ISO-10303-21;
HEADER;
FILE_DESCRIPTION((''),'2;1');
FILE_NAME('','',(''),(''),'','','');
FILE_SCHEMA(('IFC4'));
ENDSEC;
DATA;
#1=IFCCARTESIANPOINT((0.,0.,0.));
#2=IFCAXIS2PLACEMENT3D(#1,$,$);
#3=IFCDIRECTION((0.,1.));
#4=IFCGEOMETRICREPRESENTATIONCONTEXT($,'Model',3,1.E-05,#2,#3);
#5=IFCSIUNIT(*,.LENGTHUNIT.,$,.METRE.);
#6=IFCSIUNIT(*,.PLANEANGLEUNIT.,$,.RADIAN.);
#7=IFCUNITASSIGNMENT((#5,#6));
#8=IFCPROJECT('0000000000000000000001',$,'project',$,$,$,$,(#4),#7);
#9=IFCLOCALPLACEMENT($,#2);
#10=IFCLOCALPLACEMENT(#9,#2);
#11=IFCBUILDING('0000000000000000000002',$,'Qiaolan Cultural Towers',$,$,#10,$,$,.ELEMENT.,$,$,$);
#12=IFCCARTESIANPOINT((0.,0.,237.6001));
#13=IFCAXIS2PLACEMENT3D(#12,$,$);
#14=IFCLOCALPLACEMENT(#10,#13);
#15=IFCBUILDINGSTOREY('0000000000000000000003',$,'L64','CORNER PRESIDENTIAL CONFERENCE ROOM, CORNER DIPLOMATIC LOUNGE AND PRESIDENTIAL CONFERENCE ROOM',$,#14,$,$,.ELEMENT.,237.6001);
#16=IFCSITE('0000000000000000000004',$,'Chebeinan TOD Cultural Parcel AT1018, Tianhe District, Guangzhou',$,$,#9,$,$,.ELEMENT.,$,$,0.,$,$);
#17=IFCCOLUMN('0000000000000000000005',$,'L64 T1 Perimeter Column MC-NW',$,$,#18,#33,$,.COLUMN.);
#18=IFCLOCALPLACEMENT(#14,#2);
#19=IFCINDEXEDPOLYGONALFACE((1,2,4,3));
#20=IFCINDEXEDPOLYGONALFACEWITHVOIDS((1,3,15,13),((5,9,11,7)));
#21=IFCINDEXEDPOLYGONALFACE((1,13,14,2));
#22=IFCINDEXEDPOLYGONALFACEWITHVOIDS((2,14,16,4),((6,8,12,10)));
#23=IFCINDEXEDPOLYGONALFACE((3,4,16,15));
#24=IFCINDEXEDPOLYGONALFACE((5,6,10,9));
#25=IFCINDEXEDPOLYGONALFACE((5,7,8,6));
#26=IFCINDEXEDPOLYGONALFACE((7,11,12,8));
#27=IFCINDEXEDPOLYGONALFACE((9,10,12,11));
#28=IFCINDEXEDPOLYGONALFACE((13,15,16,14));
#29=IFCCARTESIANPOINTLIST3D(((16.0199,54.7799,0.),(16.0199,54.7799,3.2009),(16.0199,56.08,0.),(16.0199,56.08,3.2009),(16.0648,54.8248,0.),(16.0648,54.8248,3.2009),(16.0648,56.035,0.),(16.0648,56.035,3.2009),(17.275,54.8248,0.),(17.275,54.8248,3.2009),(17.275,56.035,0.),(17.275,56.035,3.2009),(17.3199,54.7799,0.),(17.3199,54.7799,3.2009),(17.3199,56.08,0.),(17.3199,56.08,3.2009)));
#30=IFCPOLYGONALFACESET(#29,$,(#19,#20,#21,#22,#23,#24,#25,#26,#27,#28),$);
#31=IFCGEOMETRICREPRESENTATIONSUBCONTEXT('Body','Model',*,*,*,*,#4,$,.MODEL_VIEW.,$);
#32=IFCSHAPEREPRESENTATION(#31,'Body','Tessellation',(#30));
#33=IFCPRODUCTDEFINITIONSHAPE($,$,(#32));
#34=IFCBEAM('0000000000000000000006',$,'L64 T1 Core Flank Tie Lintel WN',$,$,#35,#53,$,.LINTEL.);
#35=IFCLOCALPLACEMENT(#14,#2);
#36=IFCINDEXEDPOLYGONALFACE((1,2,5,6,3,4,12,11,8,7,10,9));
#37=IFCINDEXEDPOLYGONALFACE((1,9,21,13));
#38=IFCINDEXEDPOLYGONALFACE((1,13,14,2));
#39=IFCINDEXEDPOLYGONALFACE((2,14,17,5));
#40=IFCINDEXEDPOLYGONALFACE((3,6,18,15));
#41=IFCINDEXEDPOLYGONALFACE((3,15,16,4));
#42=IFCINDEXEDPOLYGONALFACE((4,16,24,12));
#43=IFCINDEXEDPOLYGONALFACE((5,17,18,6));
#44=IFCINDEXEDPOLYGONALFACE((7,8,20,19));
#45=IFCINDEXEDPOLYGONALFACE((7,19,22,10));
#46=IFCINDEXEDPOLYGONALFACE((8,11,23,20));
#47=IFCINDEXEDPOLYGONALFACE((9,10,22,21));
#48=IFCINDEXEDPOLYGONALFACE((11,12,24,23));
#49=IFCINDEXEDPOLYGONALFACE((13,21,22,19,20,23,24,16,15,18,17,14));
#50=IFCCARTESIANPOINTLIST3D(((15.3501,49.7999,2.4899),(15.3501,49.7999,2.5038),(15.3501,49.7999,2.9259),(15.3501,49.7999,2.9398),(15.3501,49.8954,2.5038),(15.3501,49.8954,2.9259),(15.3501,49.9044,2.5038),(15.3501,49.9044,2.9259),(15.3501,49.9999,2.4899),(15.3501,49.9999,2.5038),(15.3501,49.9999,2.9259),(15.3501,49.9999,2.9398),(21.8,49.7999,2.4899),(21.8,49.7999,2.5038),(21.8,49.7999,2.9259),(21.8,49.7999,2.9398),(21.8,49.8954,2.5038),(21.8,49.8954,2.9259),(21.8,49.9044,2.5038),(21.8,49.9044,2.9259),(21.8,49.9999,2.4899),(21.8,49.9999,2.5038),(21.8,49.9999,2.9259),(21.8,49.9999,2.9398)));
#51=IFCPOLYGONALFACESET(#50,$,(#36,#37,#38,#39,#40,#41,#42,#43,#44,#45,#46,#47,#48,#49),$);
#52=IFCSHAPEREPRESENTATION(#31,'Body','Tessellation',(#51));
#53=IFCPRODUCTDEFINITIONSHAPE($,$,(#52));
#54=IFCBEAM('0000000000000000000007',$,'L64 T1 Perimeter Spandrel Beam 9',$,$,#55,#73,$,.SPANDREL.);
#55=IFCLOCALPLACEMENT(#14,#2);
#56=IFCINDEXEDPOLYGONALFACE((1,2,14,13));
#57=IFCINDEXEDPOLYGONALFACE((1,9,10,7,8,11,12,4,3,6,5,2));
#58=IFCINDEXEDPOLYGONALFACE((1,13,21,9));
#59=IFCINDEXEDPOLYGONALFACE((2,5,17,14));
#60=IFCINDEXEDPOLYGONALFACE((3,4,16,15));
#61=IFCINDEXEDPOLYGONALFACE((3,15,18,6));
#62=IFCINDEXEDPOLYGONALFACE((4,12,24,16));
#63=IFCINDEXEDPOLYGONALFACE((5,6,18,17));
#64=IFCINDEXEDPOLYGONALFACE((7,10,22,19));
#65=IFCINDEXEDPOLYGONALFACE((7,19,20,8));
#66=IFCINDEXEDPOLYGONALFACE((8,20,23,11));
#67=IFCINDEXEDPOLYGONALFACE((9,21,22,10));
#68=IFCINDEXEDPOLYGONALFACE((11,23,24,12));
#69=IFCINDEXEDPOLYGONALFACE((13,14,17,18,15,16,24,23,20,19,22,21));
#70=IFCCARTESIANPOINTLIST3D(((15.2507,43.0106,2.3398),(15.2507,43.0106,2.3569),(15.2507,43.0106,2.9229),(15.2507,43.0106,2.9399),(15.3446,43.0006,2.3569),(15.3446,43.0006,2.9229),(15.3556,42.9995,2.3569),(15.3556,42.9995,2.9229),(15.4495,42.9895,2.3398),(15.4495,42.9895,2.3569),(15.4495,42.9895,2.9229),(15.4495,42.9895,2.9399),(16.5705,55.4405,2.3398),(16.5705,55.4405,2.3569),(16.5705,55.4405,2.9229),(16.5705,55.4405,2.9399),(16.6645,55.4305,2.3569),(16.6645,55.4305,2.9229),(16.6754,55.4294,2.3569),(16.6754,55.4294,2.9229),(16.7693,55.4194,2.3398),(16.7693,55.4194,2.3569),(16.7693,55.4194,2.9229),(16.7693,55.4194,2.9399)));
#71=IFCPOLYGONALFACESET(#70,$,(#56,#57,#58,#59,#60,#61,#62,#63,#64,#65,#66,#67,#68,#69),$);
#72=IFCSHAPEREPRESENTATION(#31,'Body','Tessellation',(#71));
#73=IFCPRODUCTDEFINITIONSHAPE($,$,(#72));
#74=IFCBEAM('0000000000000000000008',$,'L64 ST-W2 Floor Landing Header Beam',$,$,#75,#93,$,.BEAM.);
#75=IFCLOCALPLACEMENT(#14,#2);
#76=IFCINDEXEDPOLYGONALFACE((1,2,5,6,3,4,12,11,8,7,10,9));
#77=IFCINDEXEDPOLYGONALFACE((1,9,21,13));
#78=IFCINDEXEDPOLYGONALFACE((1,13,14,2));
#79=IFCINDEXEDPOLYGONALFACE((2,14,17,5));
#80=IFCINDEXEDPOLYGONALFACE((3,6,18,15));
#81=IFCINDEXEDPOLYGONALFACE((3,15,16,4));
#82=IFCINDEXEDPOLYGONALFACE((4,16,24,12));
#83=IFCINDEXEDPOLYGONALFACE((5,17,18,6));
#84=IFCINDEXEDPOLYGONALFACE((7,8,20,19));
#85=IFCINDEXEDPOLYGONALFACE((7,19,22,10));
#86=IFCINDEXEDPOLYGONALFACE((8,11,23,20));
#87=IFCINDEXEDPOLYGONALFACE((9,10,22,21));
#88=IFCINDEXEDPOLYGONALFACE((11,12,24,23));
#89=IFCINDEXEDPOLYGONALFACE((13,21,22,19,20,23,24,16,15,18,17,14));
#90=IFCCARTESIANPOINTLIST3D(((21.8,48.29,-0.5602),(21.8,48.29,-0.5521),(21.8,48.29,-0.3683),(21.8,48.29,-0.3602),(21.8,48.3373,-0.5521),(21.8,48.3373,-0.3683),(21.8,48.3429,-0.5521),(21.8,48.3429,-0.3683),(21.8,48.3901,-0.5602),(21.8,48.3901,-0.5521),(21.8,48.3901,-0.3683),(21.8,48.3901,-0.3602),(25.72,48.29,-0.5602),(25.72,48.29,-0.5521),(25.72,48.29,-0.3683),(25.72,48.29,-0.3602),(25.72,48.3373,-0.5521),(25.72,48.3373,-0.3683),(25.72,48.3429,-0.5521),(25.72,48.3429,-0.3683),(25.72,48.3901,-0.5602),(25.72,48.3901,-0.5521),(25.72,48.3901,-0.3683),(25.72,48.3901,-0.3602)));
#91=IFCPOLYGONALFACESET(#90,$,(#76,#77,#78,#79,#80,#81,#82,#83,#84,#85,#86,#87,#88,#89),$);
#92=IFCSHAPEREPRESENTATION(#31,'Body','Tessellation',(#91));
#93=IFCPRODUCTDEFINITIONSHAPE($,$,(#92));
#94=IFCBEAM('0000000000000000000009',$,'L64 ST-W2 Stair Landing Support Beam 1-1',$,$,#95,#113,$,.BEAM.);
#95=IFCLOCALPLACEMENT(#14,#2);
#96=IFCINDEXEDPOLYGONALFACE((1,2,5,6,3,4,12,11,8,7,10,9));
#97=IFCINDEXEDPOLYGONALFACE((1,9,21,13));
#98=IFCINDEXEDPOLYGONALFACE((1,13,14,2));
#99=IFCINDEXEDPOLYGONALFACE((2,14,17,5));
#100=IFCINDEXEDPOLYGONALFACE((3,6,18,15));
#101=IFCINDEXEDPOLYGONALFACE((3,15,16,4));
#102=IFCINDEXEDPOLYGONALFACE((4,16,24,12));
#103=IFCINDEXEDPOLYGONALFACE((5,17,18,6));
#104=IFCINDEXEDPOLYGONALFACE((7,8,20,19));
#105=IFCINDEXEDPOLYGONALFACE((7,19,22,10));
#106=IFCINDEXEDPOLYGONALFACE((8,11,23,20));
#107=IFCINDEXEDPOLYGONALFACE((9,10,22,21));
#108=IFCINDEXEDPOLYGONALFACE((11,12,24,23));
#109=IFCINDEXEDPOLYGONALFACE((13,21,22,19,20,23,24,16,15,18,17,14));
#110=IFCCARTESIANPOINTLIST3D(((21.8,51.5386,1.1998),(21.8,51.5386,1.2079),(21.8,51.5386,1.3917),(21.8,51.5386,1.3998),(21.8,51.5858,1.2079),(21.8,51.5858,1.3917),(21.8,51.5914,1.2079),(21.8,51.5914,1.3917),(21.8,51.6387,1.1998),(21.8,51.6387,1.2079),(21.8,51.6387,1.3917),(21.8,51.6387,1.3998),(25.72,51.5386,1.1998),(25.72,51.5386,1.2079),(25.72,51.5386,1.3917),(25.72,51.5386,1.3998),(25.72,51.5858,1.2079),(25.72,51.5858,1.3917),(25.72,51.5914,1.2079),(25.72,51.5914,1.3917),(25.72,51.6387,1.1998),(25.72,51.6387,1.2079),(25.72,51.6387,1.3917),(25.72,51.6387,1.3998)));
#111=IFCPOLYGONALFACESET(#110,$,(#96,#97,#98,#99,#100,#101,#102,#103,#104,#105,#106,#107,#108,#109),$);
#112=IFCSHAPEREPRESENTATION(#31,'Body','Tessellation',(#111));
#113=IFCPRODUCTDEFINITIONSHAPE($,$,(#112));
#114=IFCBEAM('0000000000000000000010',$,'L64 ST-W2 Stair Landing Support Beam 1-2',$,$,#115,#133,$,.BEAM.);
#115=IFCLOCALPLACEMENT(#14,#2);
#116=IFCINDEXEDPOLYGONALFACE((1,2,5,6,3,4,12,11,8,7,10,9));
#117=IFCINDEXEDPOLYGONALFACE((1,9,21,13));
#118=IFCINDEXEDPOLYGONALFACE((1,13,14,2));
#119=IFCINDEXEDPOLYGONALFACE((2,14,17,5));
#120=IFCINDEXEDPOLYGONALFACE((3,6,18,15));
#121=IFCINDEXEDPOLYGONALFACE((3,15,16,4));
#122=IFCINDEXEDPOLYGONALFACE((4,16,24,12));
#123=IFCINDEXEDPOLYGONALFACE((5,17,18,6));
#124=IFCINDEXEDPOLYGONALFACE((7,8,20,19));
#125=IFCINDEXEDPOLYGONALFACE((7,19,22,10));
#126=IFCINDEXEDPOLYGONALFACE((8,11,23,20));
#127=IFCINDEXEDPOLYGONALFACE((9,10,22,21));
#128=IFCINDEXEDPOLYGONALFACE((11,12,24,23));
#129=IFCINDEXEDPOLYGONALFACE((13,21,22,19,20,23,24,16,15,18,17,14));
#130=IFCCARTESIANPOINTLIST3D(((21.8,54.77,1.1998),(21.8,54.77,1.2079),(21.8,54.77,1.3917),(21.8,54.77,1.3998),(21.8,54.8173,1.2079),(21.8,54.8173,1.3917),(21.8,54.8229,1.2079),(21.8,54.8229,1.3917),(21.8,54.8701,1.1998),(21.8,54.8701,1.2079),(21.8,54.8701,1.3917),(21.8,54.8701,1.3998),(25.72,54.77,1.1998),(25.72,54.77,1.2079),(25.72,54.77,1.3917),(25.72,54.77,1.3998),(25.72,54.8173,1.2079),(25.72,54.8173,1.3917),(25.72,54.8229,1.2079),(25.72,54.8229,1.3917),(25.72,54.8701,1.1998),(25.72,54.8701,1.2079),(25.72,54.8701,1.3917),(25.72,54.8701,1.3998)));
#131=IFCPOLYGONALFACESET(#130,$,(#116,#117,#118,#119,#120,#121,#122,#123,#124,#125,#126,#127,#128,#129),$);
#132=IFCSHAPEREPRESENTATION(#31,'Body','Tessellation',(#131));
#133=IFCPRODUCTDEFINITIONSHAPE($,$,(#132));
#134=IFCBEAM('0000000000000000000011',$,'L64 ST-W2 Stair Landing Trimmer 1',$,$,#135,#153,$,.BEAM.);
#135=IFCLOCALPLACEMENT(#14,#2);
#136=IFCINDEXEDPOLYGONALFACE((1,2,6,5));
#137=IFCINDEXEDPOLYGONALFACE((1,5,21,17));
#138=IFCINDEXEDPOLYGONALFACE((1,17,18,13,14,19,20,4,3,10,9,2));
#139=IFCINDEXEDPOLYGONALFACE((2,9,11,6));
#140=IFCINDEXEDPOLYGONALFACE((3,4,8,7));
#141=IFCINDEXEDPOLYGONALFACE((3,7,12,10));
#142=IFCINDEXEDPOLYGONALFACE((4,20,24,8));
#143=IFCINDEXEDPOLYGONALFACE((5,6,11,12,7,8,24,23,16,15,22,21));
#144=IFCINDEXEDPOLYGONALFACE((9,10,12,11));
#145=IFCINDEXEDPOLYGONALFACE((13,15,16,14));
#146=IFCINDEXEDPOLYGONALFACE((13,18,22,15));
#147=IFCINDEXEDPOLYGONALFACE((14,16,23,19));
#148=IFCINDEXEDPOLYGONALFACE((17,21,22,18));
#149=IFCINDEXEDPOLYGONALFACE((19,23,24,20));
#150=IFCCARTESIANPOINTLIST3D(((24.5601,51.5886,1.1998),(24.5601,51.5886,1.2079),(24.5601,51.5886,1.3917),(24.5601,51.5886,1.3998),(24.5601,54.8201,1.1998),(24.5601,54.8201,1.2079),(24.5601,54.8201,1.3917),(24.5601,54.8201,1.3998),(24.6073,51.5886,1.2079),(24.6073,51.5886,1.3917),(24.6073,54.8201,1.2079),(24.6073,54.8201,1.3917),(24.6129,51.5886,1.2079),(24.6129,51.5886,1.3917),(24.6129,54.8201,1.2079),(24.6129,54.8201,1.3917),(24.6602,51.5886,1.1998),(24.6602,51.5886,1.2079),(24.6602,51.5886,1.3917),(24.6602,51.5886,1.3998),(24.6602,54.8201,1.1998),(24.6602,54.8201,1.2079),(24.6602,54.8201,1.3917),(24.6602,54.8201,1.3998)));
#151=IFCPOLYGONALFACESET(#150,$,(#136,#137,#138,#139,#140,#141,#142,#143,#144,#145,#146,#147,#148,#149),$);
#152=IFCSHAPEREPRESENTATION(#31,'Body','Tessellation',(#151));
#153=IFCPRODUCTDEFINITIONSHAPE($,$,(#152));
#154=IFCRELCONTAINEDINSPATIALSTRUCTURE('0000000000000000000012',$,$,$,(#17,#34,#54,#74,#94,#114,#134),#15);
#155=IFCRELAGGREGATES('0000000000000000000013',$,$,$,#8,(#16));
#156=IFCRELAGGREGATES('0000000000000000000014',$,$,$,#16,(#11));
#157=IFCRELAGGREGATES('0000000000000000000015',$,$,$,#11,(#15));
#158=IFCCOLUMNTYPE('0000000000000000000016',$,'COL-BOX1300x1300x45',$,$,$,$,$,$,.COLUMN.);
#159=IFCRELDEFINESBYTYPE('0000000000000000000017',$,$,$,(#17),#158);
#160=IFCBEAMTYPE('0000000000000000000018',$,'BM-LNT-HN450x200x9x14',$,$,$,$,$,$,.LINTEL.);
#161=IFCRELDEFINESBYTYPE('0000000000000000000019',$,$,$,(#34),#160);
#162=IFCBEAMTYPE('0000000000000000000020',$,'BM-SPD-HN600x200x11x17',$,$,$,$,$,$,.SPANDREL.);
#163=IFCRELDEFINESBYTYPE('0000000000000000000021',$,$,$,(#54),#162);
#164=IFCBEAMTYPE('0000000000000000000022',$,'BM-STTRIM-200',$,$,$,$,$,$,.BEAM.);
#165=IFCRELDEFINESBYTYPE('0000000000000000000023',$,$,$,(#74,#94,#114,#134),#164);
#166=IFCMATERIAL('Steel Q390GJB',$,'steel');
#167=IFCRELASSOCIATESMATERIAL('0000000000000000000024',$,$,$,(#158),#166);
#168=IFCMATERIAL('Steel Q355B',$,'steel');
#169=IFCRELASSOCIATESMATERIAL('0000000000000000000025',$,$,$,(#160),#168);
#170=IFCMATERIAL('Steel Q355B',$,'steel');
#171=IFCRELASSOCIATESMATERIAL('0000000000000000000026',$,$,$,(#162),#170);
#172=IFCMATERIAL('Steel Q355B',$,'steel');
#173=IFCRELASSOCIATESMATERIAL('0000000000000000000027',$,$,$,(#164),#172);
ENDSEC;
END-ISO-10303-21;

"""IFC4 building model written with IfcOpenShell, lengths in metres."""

from ifc_helpers import new_model, si_unit, direction, frame, origin, origin_2d, place, context, subcontext, project, spatial, hollow_rectangle, i_section, extrude, material, material_profile, profile_set, type_object, element, save


model = new_model("IFC4")

# Units and contexts
model_context = context("Model", 3, precision=1e-05, world=origin(), true_north=direction((0.0, 1.0)))
body_context = subcontext(model_context, "Body", "Model", "MODEL_VIEW")
ifc_project = project(units=[si_unit("LENGTHUNIT", "METRE"), si_unit("PLANEANGLEUNIT", "RADIAN")], contexts=[model_context])

# Site, building, storey
site_placement = place(None, origin())
site = spatial("IfcSite", under=ifc_project, at=site_placement, Name="Chebeinan TOD Cultural Parcel AT1018, Tianhe District, Guangzhou", CompositionType="ELEMENT", RefElevation=0.0)
building_placement = place(site_placement, origin())
building = spatial("IfcBuilding", under=site, at=building_placement, Name="Qiaolan Cultural Towers", CompositionType="ELEMENT")
storey_placement = place(building_placement, frame((0.0, 0.0, 237.6001)))
storey = spatial("IfcBuildingStorey", under=building, at=storey_placement, Name="L64", Description="CORNER PRESIDENTIAL CONFERENCE ROOM, CORNER DIPLOMATIC LOUNGE AND PRESIDENTIAL CONFERENCE ROOM", CompositionType="ELEMENT", Elevation=237.6001)

# Column
ifc_material_1 = material(Name="Steel Q390GJB", Category="steel")
ifc_material_profile_1 = material_profile(ifc_material_1, hollow_rectangle(XDim=1.3, YDim=1.3, WallThickness=0.0449, at=origin_2d()), Name="BOX1300x1300x45")
ifc_profile_set_1 = profile_set([ifc_material_profile_1], Name="Steel Q390GJB")
column_type = type_object("IfcColumnType", Name="COL-BOX1300x1300x45", PredefinedType="COLUMN", material=ifc_profile_set_1)
column_placement = place(storey_placement, frame((16.6699, 55.4299, 0.0), z_axis=(0.0, 0.0, 1.0), x_axis=(1.0, 0.0, 0.0)))
element("IfcColumn", 1, at=column_placement, inside=storey, type_object=column_type, Name="L64 T1 Perimeter Column MC-NW", PredefinedType="COLUMN", context=body_context, shape_type="SweptSolid", body=[
    extrude(hollow_rectangle(XDim=1.3, YDim=1.3, WallThickness=0.0449, at=origin_2d()), origin(), (0.0, 0.0, 1.0), 3.2009),
])

# Beams
ifc_material_2 = material(Name="Steel Q355B", Category="steel")
ifc_material_profile_2 = material_profile(ifc_material_2, i_section(OverallWidth=0.2, OverallDepth=0.45, WebThickness=0.009, FlangeThickness=0.0139, at=origin_2d()), Name="HN450x200x9x14")
ifc_profile_set_2 = profile_set([ifc_material_profile_2], Name="Steel Q355B")
beam_type_1 = type_object("IfcBeamType", Name="BM-LNT-HN450x200x9x14", PredefinedType="LINTEL", material=ifc_profile_set_2)
beam_1_placement = place(storey_placement, frame((21.8, 49.8999, 2.7148), z_axis=(-1.0, 0.0, 0.0), x_axis=(0.0, -1.0, 0.0)))
element("IfcBeam", 2, at=beam_1_placement, inside=storey, type_object=beam_type_1, Name="L64 T1 Core Flank Tie Lintel WN", PredefinedType="LINTEL", context=body_context, shape_type="SweptSolid", body=[
    extrude(i_section(OverallWidth=0.2, OverallDepth=0.45, WebThickness=0.009, FlangeThickness=0.0139, at=origin_2d()), origin(), (0.0, 0.0, 1.0), 6.45),
])
ifc_material_3 = material(Name="Steel Q355B", Category="steel")
ifc_material_profile_3 = material_profile(ifc_material_3, i_section(OverallWidth=0.2, OverallDepth=0.6001, WebThickness=0.011, FlangeThickness=0.0171, at=origin_2d()), Name="HN600x200x11x17")
ifc_profile_set_3 = profile_set([ifc_material_profile_3], Name="Steel Q355B")
beam_type_2 = type_object("IfcBeamType", Name="BM-SPD-HN600x200x11x17", PredefinedType="SPANDREL", material=ifc_profile_set_3)
beam_2_placement = place(storey_placement, frame((16.6699, 55.4299, 2.6399), z_axis=(-0.105588, -0.99441, 0.0), x_axis=(0.99441, -0.105588, 0.0)))
element("IfcBeam", 3, at=beam_2_placement, inside=storey, type_object=beam_type_2, Name="L64 T1 Perimeter Spandrel Beam 9", PredefinedType="SPANDREL", context=body_context, shape_type="SweptSolid", body=[
    extrude(i_section(OverallWidth=0.2, OverallDepth=0.6001, WebThickness=0.011, FlangeThickness=0.0171, at=origin_2d()), origin(), (0.0, 0.0, 1.0), 12.4998),
])
ifc_material_4 = material(Name="Steel Q355B", Category="steel")
ifc_material_profile_4 = material_profile(ifc_material_4, i_section(OverallWidth=0.1001, OverallDepth=0.2, WebThickness=0.0056, FlangeThickness=0.0081, at=origin_2d()), Name="HN200x100x5.5x8")
ifc_profile_set_4 = profile_set([ifc_material_profile_4], Name="Steel Q355B")
beam_type_3 = type_object("IfcBeamType", Name="BM-STTRIM-200", PredefinedType="BEAM", material=ifc_profile_set_4)
for number, where, z_axis, x_axis, name in (
    (4, (21.8, 48.3401, -0.4602), (1.0, 0.0, 0.0), (0.0, 1.0, 0.0), "L64 ST-W2 Floor Landing Header Beam"),
    (5, (21.8, 51.5886, 1.2998), (1.0, 0.0, 0.0), (0.0, 1.0, 0.0), "L64 ST-W2 Stair Landing Support Beam 1-1"),
    (6, (21.8, 54.8201, 1.2998), (1.0, 0.0, 0.0), (0.0, 1.0, 0.0), "L64 ST-W2 Stair Landing Support Beam 1-2"),
):
    element("IfcBeam", number, at=place(storey_placement, frame(where, z_axis=z_axis, x_axis=x_axis)), inside=storey, type_object=beam_type_3, Name=name, PredefinedType="BEAM", context=body_context, shape_type="SweptSolid", body=[
        extrude(i_section(OverallWidth=0.1001, OverallDepth=0.2, WebThickness=0.0056, FlangeThickness=0.0081, at=origin_2d()), origin(), (0.0, 0.0, 1.0), 3.9199),
    ])
beam_3_placement = place(storey_placement, frame((24.6101, 51.5886, 1.2998), z_axis=(0.0, 1.0, 0.0), x_axis=(-1.0, 0.0, 0.0)))
element("IfcBeam", 7, at=beam_3_placement, inside=storey, type_object=beam_type_3, Name="L64 ST-W2 Stair Landing Trimmer 1", PredefinedType="BEAM", context=body_context, shape_type="SweptSolid", body=[
    extrude(i_section(OverallWidth=0.1001, OverallDepth=0.2, WebThickness=0.0056, FlangeThickness=0.0081, at=origin_2d()), origin(), (0.0, 0.0, 1.0), 3.2314),
])

save(model, "model.ifc")
